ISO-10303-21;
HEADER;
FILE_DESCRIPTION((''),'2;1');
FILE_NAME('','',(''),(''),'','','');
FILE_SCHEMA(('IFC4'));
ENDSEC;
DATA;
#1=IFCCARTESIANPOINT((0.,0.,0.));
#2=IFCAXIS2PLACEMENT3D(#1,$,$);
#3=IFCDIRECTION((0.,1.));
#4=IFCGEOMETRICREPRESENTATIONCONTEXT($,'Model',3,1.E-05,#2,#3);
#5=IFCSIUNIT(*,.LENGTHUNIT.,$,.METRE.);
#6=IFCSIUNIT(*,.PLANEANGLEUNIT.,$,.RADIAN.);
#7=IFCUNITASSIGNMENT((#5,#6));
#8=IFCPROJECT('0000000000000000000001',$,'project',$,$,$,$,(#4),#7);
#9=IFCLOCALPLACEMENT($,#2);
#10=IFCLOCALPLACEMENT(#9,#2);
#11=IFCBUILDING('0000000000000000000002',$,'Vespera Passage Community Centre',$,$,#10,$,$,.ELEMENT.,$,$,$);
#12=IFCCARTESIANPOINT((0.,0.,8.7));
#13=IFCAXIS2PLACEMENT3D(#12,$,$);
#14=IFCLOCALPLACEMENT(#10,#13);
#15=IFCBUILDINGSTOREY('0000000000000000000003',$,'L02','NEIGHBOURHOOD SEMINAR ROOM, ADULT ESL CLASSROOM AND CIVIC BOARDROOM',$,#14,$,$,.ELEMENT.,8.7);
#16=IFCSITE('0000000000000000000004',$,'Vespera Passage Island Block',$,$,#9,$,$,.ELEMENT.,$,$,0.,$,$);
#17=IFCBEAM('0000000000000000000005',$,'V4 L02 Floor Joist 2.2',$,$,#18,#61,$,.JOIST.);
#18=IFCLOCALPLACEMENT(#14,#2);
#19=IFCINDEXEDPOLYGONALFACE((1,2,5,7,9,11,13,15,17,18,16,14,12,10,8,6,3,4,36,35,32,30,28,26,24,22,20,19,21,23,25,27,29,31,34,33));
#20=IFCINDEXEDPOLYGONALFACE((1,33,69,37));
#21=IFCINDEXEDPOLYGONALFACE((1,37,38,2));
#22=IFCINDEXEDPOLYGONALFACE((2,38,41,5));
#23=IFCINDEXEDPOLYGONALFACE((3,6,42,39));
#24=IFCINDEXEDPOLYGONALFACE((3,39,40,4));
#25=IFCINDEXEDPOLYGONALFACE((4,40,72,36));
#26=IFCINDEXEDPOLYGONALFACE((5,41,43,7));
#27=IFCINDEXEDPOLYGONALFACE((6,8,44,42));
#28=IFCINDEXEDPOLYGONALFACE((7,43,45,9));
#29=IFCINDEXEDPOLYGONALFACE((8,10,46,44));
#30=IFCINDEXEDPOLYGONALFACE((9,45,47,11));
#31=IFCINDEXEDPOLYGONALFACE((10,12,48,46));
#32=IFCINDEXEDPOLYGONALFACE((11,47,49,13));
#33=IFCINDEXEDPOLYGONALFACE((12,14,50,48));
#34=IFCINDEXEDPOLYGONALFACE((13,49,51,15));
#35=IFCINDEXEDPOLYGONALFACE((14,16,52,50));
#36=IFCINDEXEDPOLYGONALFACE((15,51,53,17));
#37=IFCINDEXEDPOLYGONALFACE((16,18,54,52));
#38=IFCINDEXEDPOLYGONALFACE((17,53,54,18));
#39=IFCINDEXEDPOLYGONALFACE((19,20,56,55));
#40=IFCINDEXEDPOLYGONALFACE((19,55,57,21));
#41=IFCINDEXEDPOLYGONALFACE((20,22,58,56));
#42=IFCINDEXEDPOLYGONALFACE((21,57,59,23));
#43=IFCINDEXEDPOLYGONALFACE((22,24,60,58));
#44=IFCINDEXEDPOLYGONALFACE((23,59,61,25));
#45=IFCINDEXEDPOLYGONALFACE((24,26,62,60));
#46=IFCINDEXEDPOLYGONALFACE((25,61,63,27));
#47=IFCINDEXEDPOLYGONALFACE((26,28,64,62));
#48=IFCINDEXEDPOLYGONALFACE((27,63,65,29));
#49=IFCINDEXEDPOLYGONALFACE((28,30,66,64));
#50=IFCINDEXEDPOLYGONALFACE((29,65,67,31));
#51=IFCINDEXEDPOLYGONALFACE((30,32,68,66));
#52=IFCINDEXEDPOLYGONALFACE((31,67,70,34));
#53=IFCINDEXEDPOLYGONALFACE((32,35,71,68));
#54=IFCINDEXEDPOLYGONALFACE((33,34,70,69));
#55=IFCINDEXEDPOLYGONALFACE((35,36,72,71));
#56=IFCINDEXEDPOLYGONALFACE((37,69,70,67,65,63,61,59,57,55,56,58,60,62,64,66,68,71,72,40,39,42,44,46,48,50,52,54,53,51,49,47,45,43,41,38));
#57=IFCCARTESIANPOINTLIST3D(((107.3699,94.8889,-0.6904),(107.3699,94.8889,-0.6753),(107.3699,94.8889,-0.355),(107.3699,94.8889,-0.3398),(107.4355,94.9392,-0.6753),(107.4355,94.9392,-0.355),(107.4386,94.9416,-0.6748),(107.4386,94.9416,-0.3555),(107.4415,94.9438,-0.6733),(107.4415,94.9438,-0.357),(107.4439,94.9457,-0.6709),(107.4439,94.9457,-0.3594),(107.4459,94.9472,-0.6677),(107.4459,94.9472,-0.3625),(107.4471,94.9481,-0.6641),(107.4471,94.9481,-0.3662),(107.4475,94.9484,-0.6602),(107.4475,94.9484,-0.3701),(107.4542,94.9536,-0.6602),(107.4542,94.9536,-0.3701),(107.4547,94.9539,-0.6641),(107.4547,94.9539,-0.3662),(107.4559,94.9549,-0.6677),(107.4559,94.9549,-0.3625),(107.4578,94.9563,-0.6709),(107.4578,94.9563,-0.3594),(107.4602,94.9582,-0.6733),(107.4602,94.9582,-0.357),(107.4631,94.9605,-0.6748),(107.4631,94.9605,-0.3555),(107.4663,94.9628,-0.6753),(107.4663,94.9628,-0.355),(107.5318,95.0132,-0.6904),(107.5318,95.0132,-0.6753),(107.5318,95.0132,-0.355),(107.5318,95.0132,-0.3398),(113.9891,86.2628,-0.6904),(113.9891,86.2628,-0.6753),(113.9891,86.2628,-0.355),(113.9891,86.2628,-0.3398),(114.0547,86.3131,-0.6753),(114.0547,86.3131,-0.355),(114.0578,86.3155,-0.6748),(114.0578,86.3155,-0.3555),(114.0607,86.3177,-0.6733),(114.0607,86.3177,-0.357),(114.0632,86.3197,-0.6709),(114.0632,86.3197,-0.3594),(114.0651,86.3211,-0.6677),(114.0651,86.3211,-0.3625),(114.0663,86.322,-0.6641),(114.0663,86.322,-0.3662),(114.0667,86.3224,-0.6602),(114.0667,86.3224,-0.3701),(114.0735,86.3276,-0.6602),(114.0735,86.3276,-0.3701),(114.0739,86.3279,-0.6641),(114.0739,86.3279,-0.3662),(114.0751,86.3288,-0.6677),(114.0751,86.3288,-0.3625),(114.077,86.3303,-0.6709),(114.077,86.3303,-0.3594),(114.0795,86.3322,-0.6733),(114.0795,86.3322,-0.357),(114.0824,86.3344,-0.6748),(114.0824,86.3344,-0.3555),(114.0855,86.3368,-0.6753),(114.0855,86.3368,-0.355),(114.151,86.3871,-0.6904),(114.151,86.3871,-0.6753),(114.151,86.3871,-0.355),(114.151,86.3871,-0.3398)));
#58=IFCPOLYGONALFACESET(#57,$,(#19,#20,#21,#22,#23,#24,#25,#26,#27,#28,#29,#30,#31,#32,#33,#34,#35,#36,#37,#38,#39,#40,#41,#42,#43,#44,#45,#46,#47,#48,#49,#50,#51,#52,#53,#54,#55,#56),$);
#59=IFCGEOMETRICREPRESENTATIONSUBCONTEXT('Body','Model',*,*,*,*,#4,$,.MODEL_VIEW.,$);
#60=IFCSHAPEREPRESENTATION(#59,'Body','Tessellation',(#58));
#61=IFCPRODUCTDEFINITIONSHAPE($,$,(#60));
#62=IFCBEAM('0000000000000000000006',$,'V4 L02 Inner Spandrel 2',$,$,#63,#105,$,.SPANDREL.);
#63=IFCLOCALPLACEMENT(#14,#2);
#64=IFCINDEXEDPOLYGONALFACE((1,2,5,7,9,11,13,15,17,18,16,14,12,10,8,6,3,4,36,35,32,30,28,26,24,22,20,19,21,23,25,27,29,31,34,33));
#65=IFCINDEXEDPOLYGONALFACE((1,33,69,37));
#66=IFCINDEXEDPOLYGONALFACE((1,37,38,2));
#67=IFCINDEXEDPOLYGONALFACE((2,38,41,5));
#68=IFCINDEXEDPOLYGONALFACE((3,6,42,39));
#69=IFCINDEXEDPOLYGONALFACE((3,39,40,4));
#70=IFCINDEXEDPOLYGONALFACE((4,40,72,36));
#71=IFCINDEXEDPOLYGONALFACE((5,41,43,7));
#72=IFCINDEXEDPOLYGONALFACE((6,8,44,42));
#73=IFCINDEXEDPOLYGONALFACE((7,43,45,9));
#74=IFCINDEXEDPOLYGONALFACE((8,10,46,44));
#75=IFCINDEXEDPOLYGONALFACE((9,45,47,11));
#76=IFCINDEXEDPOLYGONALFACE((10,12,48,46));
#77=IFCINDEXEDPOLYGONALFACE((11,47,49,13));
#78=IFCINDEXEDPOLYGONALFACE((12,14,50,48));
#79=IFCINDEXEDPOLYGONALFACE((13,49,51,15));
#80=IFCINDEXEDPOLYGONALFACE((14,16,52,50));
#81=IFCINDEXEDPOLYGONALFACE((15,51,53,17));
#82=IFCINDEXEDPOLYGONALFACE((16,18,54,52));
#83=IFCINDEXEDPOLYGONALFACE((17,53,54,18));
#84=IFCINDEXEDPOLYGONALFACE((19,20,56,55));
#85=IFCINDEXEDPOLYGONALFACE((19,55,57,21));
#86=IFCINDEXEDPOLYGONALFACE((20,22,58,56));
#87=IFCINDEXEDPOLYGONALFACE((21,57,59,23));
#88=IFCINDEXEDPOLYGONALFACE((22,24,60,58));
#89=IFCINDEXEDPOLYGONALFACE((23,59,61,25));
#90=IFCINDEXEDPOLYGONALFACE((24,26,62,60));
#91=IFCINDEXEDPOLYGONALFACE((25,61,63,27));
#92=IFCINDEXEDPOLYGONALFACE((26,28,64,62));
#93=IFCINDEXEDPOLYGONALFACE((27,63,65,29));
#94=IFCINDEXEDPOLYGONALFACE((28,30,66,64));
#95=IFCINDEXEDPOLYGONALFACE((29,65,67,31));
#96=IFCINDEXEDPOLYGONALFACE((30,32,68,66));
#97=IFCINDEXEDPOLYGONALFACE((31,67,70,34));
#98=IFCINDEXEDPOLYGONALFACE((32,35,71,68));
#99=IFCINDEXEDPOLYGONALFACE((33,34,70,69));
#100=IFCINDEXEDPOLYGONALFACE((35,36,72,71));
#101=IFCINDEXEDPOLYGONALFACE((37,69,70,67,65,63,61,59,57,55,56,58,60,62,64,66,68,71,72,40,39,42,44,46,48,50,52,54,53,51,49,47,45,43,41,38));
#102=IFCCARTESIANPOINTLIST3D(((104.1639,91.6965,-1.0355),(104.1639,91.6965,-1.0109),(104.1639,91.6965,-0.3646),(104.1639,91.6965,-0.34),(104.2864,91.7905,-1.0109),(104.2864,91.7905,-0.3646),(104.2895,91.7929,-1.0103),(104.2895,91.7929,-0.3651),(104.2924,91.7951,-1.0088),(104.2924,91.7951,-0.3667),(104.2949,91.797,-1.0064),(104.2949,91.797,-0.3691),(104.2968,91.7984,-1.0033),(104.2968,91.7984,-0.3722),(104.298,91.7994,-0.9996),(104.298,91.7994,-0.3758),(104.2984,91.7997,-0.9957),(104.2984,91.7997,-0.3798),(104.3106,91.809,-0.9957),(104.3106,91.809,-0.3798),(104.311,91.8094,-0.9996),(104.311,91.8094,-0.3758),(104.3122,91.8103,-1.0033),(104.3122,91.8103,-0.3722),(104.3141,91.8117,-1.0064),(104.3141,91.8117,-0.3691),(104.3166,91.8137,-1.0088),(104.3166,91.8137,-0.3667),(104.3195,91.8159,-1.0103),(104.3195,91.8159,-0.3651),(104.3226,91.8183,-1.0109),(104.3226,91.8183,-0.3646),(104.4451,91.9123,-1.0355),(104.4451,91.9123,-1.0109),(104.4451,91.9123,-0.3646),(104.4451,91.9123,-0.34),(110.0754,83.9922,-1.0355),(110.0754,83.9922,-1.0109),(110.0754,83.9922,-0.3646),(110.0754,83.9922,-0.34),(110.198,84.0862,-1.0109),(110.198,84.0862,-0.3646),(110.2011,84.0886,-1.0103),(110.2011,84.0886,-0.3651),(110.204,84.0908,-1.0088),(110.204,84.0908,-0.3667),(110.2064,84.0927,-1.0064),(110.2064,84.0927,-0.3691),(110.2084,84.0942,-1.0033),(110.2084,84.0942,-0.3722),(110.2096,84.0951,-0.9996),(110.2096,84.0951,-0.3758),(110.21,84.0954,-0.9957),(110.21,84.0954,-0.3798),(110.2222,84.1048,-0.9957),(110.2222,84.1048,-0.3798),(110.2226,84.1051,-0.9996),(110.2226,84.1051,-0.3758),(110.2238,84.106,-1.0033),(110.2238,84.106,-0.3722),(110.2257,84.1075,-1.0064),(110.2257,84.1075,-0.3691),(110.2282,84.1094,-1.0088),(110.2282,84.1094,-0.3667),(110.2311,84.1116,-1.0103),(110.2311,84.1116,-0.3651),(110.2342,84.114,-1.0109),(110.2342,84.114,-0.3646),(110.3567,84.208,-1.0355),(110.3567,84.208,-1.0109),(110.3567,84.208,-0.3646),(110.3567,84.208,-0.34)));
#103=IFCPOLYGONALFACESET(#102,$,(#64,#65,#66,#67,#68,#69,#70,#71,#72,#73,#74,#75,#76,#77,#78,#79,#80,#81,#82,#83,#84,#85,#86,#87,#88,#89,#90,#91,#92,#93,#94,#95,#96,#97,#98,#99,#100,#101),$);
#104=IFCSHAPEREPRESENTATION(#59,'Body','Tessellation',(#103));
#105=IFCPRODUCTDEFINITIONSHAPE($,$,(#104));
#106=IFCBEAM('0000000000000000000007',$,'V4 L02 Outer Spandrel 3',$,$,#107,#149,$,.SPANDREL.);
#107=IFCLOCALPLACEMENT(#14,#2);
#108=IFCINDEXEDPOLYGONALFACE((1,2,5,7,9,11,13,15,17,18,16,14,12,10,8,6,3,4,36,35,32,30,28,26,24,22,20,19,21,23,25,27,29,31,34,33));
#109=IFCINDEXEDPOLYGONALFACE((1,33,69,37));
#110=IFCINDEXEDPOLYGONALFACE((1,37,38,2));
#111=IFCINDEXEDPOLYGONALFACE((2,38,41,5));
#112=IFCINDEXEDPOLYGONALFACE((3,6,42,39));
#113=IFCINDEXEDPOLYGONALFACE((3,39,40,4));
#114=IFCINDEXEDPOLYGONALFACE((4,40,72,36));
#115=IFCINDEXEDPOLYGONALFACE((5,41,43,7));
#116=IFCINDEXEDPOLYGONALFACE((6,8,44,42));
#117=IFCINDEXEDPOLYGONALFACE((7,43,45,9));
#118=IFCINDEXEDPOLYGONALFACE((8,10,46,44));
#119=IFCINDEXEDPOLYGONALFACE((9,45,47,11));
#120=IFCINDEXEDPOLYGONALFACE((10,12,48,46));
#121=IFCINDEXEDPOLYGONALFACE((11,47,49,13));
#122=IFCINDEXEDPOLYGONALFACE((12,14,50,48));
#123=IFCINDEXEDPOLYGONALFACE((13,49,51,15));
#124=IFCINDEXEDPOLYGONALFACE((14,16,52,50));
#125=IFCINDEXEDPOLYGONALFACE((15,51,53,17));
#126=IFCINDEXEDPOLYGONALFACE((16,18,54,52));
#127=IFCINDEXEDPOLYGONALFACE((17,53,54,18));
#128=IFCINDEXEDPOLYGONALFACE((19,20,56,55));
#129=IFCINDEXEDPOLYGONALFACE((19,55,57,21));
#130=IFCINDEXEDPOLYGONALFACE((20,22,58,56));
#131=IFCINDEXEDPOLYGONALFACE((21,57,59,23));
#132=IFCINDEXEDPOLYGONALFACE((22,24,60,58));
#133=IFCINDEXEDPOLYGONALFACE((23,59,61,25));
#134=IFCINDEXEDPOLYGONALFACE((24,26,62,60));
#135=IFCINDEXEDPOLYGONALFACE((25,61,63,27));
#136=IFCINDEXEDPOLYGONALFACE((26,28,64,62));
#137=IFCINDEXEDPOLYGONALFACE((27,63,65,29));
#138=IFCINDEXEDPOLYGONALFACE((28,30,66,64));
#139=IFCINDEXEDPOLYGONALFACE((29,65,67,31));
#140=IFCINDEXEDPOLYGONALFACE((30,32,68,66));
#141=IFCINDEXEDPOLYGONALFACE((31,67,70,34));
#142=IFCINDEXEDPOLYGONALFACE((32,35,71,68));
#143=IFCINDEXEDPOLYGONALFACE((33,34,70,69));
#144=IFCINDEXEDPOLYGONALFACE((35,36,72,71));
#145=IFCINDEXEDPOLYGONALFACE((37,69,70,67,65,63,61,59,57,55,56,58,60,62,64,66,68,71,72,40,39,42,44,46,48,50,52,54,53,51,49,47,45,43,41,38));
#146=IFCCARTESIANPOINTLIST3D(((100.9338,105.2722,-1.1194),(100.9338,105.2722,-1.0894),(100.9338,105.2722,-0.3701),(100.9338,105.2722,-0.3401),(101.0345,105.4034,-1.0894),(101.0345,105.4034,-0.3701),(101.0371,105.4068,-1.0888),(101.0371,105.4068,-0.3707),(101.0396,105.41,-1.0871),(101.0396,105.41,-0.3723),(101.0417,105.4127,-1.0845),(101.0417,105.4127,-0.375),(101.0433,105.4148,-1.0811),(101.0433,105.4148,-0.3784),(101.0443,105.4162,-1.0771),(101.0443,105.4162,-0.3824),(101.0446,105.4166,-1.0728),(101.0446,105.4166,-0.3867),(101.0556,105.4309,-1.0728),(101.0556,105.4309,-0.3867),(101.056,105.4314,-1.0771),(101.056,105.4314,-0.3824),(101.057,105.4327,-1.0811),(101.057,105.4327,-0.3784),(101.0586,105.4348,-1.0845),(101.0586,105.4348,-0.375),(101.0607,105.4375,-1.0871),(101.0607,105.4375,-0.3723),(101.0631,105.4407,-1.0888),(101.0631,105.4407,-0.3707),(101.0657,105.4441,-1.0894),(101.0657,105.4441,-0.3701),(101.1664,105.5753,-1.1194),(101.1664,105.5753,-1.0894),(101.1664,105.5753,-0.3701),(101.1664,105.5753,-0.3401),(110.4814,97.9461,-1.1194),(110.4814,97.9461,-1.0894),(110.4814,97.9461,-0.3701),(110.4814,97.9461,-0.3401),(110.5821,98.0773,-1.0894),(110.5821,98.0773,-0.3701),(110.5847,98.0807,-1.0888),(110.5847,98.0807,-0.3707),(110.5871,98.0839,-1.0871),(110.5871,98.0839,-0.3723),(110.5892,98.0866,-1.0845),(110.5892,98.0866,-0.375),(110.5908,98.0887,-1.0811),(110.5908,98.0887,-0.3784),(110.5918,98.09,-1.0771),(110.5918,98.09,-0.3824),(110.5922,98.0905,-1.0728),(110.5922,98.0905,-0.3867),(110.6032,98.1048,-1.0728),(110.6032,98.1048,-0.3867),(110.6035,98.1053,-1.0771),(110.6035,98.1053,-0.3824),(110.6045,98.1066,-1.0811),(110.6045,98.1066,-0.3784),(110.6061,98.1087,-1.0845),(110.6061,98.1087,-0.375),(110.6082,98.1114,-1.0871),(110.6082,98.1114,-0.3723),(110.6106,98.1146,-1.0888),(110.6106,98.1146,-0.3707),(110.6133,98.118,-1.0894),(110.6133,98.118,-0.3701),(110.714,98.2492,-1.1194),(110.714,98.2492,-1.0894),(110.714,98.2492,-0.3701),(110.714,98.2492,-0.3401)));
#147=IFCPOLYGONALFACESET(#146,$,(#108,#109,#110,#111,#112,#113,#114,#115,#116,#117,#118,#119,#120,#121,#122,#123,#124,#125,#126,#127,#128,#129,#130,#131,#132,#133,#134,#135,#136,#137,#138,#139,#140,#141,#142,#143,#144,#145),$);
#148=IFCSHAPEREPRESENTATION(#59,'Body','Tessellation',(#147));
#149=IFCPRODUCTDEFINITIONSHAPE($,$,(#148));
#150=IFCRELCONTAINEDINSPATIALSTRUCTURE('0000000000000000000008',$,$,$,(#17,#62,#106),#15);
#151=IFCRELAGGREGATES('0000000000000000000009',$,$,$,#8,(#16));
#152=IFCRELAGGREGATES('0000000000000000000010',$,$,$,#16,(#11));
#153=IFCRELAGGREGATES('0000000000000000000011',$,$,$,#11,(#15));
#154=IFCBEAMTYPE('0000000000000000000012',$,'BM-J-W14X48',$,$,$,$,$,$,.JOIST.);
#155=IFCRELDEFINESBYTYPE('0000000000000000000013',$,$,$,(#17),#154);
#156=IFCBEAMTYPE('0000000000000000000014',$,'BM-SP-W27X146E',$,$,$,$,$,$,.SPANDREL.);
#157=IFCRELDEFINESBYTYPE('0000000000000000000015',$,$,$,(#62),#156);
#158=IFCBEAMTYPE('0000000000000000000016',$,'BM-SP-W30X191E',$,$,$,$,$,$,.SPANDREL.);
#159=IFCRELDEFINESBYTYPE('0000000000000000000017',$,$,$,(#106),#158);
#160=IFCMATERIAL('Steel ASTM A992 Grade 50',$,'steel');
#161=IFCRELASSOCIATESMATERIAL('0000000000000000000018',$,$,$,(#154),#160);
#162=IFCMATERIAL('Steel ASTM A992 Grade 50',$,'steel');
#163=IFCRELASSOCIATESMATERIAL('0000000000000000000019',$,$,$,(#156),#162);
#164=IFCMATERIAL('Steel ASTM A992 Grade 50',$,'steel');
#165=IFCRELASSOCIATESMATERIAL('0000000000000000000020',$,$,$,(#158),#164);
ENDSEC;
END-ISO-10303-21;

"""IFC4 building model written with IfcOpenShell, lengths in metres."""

from ifc_helpers import new_model, si_unit, direction, frame, origin, origin_2d, place, context, subcontext, project, spatial, i_section, extrude, material, material_profile, profile_set, type_object, element, save


model = new_model("IFC4")

# Units and contexts
model_context = context("Model", 3, precision=1e-05, world=origin(), true_north=direction((0.0, 1.0)))
body_context = subcontext(model_context, "Body", "Model", "MODEL_VIEW")
ifc_project = project(units=[si_unit("LENGTHUNIT", "METRE"), si_unit("PLANEANGLEUNIT", "RADIAN")], contexts=[model_context])

# Site, building, storey
site_placement = place(None, origin())
site = spatial("IfcSite", under=ifc_project, at=site_placement, Name="Vespera Passage Island Block", CompositionType="ELEMENT", RefElevation=0.0)
building_placement = place(site_placement, origin())
building = spatial("IfcBuilding", under=site, at=building_placement, Name="Vespera Passage Community Centre", CompositionType="ELEMENT")
storey_placement = place(building_placement, frame((0.0, 0.0, 8.7)))
storey = spatial("IfcBuildingStorey", under=building, at=storey_placement, Name="L02", Description="NEIGHBOURHOOD SEMINAR ROOM, ADULT ESL CLASSROOM AND CIVIC BOARDROOM", CompositionType="ELEMENT", Elevation=8.7)

# Beams
ifc_material_1 = material(Name="Steel ASTM A992 Grade 50", Category="steel")
ifc_material_profile_1 = material_profile(ifc_material_1, i_section(OverallWidth=0.2041, OverallDepth=0.3506, WebThickness=0.0085, FlangeThickness=0.0151, FilletRadius=0.0151, at=origin_2d()), Name="W14X48")
ifc_profile_set_1 = profile_set([ifc_material_profile_1], Name="Steel ASTM A992 Grade 50")
beam_type_1 = type_object("IfcBeamType", Name="BM-J-W14X48", PredefinedType="JOIST", material=ifc_profile_set_1)
beam_1_placement = place(storey_placement, frame((114.0701, 86.325, -0.5151), z_axis=(-0.608773, 0.793345, 0.0), x_axis=(-0.793345, -0.608773, 0.0)))
element("IfcBeam", 1, at=beam_1_placement, inside=storey, type_object=beam_type_1, Name="V4 L02 Floor Joist 2.2", PredefinedType="JOIST", context=body_context, shape_type="SweptSolid", body=[
    extrude(i_section(OverallWidth=0.2041, OverallDepth=0.3506, WebThickness=0.0085, FlangeThickness=0.0151, FilletRadius=0.0151, at=origin_2d()), origin(), (0.0, 0.0, 1.0), 10.873),
])
ifc_material_2 = material(Name="Steel ASTM A992 Grade 50", Category="steel")
ifc_material_profile_2 = material_profile(ifc_material_2, i_section(OverallWidth=0.3545, OverallDepth=0.6956, WebThickness=0.0154, FlangeThickness=0.0247, FilletRadius=0.0151, at=origin_2d()), Name="W27X146")
ifc_profile_set_2 = profile_set([ifc_material_profile_2], Name="Steel ASTM A992 Grade 50")
beam_type_2 = type_object("IfcBeamType", Name="BM-SP-W27X146E", PredefinedType="SPANDREL", material=ifc_profile_set_2)
beam_2_placement = place(storey_placement, frame((110.2161, 84.1001, -0.6877), z_axis=(-0.608753, 0.79336, 0.0), x_axis=(-0.79336, -0.608753, 0.0)))
element("IfcBeam", 2, at=beam_2_placement, inside=storey, type_object=beam_type_2, Name="V4 L02 Inner Spandrel 2", PredefinedType="SPANDREL", context=body_context, shape_type="SweptSolid", body=[
    extrude(i_section(OverallWidth=0.3545, OverallDepth=0.6956, WebThickness=0.0154, FlangeThickness=0.0247, FilletRadius=0.0151, at=origin_2d()), origin(), (0.0, 0.0, 1.0), 9.7109),
])
ifc_material_3 = material(Name="Steel ASTM A992 Grade 50", Category="steel")
ifc_material_profile_3 = material_profile(ifc_material_3, i_section(OverallWidth=0.3821, OverallDepth=0.7793, WebThickness=0.0181, FlangeThickness=0.03, FilletRadius=0.0166, at=origin_2d()), Name="W30X191")
ifc_profile_set_3 = profile_set([ifc_material_profile_3], Name="Steel ASTM A992 Grade 50")
beam_type_3 = type_object("IfcBeamType", Name="BM-SP-W30X191E", PredefinedType="SPANDREL", material=ifc_profile_set_3)
beam_3_placement = place(storey_placement, frame((110.5977, 98.0977, -0.7297), z_axis=(-0.793352, 0.608763, 0.0), x_axis=(-0.608763, -0.793352, 0.0)))
element("IfcBeam", 3, at=beam_3_placement, inside=storey, type_object=beam_type_3, Name="V4 L02 Outer Spandrel 3", PredefinedType="SPANDREL", context=body_context, shape_type="SweptSolid", body=[
    extrude(i_section(OverallWidth=0.3821, OverallDepth=0.7793, WebThickness=0.0181, FlangeThickness=0.03, FilletRadius=0.0166, at=origin_2d()), origin(), (0.0, 0.0, 1.0), 12.0344),
])

save(model, "model.ifc")
